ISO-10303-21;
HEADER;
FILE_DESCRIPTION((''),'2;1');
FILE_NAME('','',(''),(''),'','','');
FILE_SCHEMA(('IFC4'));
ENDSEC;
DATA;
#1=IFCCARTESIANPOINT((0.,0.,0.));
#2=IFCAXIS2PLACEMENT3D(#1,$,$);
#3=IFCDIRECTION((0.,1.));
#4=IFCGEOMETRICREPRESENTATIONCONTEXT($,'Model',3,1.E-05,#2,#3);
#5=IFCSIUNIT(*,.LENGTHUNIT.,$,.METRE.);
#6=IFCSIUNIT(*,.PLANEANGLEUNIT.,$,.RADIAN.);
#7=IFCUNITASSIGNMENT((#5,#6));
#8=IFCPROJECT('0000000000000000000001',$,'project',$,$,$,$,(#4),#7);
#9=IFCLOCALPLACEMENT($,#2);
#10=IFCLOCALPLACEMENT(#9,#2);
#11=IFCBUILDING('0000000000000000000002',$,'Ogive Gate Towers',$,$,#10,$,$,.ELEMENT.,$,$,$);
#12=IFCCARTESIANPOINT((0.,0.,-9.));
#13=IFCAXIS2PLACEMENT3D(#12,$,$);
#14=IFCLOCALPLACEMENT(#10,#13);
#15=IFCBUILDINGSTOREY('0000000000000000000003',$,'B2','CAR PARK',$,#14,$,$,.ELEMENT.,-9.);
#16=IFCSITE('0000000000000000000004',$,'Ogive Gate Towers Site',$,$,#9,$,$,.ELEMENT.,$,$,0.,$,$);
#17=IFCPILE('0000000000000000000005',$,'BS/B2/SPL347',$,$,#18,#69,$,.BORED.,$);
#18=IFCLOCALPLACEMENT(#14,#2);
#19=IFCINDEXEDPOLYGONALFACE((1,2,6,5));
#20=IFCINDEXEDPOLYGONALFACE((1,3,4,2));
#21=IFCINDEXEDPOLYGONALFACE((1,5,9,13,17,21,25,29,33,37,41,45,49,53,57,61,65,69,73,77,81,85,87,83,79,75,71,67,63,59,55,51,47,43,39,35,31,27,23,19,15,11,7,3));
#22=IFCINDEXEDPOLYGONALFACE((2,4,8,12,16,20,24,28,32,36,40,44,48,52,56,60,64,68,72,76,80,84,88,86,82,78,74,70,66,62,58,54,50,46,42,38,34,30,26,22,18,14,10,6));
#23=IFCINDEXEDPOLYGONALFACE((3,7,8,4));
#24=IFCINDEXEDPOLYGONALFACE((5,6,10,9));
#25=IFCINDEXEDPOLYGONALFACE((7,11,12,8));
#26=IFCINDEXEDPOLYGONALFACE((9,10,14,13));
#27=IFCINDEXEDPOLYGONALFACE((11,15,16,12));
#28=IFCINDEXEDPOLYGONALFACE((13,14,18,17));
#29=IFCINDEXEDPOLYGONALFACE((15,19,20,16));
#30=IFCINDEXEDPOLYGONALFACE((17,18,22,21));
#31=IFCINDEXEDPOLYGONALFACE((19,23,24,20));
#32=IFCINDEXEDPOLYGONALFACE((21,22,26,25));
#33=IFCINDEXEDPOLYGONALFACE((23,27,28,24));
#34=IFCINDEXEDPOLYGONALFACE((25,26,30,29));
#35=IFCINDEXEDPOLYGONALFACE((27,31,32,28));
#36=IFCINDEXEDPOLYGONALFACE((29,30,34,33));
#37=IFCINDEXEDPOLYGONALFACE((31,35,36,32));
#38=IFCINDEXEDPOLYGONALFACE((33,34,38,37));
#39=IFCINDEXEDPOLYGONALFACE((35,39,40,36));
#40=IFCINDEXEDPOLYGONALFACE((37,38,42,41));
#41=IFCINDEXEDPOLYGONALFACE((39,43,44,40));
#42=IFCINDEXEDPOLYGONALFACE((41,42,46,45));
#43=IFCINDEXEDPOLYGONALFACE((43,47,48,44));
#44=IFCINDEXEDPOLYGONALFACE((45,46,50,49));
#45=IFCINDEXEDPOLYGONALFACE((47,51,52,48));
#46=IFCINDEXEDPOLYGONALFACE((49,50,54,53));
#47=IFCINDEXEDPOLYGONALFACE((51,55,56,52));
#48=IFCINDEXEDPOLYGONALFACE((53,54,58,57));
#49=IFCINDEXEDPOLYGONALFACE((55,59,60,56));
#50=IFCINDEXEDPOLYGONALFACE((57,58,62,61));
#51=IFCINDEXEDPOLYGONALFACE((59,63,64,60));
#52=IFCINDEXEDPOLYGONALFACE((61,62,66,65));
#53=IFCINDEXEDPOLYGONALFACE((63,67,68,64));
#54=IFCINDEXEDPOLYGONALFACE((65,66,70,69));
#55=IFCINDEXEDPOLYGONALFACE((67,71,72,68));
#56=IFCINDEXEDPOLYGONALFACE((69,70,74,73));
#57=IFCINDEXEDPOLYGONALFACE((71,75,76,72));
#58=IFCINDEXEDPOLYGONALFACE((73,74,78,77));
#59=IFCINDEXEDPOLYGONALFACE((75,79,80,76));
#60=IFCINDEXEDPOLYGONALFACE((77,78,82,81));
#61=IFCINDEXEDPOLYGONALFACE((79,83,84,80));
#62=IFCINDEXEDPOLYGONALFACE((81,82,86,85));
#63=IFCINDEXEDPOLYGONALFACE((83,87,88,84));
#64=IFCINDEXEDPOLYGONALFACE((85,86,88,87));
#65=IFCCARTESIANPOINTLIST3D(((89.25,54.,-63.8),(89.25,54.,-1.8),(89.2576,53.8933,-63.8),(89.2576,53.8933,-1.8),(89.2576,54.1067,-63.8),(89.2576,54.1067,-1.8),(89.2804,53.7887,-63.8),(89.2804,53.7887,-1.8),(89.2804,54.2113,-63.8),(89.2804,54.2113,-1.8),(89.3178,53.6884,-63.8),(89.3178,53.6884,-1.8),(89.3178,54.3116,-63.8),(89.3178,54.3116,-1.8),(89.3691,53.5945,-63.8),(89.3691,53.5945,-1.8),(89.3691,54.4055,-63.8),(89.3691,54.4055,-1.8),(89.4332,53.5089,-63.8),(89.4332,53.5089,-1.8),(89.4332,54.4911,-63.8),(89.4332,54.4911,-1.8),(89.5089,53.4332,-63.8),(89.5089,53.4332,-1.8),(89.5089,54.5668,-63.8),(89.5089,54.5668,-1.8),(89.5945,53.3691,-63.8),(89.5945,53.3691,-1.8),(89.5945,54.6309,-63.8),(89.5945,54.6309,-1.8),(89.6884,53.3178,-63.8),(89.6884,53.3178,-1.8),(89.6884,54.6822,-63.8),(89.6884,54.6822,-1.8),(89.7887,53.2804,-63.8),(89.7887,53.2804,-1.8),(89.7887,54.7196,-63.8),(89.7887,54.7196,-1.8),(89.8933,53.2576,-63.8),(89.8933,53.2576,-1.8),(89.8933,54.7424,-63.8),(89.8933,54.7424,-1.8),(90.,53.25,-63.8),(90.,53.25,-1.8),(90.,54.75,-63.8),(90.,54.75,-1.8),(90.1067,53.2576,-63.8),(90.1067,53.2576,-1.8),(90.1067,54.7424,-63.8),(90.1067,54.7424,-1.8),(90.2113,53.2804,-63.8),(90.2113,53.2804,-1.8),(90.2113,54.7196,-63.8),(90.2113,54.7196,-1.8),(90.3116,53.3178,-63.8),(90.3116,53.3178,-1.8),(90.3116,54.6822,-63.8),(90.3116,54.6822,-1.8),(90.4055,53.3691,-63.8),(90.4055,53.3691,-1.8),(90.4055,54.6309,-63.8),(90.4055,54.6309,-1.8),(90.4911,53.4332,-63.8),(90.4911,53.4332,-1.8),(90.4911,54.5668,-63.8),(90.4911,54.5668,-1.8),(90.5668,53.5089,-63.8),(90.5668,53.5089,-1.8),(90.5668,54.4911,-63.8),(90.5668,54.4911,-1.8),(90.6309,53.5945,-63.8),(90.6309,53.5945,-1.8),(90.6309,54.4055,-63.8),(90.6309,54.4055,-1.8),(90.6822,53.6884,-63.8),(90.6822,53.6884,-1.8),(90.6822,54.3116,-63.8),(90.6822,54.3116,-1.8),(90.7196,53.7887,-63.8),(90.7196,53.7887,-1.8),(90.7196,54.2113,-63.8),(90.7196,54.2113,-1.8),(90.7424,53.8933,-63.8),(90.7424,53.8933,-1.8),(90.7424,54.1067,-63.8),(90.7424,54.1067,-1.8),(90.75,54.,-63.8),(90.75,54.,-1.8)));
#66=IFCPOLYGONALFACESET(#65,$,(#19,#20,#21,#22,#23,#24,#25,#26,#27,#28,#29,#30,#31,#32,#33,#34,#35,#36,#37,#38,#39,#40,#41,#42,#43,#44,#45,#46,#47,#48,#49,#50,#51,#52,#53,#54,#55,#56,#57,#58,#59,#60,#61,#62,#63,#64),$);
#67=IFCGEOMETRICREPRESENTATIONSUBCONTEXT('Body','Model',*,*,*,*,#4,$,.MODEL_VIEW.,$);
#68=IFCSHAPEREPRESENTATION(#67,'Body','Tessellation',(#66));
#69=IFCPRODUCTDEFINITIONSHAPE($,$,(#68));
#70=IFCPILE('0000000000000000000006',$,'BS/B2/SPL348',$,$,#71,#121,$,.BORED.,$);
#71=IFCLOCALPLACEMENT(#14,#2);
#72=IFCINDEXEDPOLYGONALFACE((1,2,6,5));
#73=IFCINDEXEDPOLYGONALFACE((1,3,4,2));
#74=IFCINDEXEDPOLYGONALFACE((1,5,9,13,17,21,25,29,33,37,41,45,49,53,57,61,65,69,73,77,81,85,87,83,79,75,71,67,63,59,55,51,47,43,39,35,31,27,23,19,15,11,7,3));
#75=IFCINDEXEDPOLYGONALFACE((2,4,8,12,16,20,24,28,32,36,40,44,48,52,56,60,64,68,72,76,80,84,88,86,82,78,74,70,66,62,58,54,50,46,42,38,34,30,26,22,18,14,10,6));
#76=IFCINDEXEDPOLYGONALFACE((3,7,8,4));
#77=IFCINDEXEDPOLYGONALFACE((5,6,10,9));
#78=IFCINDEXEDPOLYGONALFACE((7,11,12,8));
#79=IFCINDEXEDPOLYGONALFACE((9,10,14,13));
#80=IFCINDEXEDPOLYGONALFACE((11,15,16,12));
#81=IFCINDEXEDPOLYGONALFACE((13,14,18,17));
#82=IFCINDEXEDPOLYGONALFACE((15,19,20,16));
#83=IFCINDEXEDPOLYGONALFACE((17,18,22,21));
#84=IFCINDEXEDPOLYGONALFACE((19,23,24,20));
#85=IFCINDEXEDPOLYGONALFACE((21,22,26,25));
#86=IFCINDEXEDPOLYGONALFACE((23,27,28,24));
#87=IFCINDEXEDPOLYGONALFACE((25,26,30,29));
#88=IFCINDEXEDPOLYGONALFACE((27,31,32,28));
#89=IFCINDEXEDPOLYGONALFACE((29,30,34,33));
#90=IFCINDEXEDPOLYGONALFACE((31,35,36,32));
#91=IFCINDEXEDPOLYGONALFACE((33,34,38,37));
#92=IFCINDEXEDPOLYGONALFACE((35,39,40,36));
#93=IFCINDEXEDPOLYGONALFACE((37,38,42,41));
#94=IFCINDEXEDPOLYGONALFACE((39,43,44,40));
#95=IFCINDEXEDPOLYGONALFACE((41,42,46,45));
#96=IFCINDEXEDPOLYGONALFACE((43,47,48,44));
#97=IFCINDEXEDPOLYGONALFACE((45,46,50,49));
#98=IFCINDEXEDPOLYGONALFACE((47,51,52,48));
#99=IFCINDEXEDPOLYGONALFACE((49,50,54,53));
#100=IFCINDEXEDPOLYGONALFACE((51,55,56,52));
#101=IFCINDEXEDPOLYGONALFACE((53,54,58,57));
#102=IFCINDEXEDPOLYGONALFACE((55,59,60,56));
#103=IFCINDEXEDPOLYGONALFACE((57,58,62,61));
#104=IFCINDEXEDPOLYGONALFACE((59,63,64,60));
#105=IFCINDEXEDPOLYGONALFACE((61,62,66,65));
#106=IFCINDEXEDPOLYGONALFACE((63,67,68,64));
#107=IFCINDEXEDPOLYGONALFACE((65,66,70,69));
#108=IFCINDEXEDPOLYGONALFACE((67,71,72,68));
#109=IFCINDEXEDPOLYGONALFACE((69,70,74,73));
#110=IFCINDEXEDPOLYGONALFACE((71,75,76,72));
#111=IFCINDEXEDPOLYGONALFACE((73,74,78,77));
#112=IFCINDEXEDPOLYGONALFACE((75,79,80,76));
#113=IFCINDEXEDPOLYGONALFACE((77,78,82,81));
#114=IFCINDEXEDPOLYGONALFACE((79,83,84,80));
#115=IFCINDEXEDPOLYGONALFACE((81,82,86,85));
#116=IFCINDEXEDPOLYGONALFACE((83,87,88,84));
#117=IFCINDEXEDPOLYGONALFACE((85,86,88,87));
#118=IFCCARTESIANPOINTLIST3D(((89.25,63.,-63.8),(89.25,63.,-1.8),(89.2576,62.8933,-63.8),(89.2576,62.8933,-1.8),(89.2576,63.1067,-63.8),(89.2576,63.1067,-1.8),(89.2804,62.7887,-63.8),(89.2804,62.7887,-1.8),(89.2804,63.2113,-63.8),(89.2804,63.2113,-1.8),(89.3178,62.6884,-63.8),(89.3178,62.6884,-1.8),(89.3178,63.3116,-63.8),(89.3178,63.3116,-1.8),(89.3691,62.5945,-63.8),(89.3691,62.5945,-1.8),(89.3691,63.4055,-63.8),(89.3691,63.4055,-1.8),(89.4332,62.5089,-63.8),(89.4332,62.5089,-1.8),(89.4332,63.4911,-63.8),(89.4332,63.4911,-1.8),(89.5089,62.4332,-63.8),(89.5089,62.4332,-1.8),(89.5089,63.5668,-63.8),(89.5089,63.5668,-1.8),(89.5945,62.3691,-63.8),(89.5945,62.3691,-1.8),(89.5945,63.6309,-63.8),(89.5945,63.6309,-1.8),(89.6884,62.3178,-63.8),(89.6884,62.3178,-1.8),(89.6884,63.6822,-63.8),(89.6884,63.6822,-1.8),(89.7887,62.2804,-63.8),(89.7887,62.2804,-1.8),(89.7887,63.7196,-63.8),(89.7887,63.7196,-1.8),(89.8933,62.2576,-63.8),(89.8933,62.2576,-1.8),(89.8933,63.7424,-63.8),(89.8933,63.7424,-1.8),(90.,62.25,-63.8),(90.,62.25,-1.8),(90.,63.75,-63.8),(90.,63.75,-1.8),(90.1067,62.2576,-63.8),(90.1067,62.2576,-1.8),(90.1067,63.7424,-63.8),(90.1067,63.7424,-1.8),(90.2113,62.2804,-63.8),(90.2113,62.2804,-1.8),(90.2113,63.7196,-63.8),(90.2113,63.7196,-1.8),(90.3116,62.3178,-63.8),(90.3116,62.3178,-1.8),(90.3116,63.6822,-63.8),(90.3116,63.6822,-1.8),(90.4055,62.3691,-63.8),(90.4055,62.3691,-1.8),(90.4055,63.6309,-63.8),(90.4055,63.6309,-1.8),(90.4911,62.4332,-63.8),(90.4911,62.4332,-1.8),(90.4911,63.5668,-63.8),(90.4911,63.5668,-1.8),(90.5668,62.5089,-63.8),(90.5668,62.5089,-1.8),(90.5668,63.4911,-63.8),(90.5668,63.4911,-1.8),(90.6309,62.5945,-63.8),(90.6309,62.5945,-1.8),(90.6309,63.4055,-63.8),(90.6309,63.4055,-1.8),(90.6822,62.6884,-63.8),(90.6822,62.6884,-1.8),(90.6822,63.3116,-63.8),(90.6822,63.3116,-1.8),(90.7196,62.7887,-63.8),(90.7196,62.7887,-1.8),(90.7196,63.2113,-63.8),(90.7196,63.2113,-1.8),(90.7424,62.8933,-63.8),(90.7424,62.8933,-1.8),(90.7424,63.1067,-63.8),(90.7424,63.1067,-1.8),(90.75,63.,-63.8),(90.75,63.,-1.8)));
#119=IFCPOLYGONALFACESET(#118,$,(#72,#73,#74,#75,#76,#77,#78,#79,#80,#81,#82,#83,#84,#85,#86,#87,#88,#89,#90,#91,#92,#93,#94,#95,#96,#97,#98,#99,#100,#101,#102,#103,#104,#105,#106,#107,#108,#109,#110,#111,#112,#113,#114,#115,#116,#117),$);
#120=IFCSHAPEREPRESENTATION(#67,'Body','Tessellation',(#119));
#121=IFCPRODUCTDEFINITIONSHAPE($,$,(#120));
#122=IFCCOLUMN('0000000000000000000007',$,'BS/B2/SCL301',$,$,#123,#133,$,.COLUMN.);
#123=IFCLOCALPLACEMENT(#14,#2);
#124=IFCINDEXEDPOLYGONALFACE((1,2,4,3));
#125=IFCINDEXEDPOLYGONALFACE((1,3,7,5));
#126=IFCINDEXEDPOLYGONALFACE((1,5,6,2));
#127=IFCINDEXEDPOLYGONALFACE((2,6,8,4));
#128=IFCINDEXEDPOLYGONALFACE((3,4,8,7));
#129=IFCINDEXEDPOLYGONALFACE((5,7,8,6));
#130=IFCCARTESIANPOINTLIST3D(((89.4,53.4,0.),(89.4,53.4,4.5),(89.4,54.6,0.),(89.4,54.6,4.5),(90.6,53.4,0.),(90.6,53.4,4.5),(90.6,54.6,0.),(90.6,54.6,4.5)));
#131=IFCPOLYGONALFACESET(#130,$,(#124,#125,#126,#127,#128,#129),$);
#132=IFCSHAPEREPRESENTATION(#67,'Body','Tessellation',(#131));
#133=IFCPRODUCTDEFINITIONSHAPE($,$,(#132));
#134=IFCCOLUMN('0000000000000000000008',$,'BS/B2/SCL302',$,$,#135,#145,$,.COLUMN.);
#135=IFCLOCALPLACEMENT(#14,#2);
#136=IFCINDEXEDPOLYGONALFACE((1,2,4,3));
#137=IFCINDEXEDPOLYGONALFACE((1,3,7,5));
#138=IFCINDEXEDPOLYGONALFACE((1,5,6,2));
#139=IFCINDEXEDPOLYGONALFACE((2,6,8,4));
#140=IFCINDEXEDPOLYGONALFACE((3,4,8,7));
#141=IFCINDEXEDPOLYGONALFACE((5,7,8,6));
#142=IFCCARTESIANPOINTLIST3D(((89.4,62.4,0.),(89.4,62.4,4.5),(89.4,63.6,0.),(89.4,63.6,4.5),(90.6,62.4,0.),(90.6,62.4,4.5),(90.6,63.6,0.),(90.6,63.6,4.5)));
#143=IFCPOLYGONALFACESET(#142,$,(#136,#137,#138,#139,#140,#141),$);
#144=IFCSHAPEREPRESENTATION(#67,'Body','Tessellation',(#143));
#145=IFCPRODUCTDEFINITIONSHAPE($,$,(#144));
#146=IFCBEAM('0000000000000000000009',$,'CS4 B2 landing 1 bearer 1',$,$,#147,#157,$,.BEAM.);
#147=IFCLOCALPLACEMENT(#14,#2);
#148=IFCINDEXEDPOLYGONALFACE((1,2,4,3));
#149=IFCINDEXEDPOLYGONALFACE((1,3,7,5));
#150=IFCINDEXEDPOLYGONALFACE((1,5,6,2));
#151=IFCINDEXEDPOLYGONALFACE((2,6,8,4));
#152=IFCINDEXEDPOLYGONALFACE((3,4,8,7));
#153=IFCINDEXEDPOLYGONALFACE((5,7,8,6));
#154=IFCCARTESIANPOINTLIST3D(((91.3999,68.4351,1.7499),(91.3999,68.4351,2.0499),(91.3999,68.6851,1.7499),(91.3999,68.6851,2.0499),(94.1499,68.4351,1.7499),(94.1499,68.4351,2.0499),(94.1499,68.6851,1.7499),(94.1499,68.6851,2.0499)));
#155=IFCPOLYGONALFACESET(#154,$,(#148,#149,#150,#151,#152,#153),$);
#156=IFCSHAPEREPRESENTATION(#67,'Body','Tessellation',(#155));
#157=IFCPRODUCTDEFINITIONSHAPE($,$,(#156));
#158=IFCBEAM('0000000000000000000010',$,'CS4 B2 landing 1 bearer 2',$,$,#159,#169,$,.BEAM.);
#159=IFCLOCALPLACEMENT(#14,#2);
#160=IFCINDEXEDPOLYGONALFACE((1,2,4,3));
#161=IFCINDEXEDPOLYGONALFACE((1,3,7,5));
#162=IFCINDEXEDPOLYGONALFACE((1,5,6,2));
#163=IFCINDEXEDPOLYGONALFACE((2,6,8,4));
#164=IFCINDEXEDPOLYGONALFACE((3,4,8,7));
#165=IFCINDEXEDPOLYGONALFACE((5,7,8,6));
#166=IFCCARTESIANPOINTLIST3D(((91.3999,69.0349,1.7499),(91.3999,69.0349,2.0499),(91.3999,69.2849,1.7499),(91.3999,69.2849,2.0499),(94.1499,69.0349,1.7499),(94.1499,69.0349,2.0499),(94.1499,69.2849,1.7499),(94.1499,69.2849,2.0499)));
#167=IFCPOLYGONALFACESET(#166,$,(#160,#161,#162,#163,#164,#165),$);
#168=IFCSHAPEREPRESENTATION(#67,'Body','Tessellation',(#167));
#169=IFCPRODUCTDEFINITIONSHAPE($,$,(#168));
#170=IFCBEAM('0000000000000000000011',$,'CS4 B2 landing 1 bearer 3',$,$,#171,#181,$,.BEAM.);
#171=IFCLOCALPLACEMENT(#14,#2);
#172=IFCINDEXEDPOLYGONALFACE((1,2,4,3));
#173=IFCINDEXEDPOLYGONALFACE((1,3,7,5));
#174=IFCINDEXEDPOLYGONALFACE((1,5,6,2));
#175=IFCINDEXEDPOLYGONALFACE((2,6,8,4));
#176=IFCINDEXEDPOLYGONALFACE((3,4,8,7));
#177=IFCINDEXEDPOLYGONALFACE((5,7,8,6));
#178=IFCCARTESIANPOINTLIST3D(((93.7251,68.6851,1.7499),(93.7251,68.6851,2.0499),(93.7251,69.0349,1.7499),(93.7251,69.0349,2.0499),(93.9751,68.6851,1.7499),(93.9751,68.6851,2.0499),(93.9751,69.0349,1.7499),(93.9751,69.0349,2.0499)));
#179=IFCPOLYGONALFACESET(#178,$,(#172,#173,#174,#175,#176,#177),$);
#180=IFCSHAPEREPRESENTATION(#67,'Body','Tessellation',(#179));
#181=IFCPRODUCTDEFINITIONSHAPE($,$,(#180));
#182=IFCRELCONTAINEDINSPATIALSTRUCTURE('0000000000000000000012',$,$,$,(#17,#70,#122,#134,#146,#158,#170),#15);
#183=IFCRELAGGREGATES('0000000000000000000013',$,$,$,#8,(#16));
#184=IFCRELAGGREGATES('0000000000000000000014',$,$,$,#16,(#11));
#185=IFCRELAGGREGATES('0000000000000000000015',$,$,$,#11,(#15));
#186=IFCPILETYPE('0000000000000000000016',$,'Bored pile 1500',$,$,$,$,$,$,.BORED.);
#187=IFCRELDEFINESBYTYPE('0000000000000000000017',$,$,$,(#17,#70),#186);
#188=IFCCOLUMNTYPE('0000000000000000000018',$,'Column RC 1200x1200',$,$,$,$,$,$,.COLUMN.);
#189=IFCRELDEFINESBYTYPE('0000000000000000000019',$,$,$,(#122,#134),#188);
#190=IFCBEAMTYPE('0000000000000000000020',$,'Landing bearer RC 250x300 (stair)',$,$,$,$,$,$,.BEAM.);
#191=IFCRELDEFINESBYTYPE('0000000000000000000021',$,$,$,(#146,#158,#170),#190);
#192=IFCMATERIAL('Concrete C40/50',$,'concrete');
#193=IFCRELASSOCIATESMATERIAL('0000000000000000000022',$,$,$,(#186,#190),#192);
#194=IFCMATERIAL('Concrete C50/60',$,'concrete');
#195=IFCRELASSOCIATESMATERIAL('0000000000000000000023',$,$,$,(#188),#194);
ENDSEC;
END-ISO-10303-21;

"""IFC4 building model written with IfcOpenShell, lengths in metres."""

from ifc_helpers import new_model, si_unit, direction, frame, origin, origin_2d, place, context, subcontext, project, spatial, rectangle, circle, extrude, material, material_profile, profile_set, type_object, element, save


model = new_model("IFC4")

# Units and contexts
model_context = context("Model", 3, precision=1e-05, world=origin(), true_north=direction((0.0, 1.0)))
body_context = subcontext(model_context, "Body", "Model", "MODEL_VIEW")
ifc_project = project(units=[si_unit("LENGTHUNIT", "METRE"), si_unit("PLANEANGLEUNIT", "RADIAN")], contexts=[model_context])

# Site, building, storey
site_placement = place(None, origin())
site = spatial("IfcSite", under=ifc_project, at=site_placement, Name="Ogive Gate Towers Site", CompositionType="ELEMENT", RefElevation=0.0)
building_placement = place(site_placement, origin())
building = spatial("IfcBuilding", under=site, at=building_placement, Name="Ogive Gate Towers", CompositionType="ELEMENT")
storey_placement = place(building_placement, frame((0.0, 0.0, -9.0)))
storey = spatial("IfcBuildingStorey", under=building, at=storey_placement, Name="B2", Description="CAR PARK", CompositionType="ELEMENT", Elevation=-9.0)

# Piles
ifc_material_1 = material(Name="Concrete C40/50", Category="concrete")
ifc_material_profile_1 = material_profile(ifc_material_1, circle(Radius=0.75, at=origin_2d()), Name="BP 1500")
ifc_profile_set_1 = profile_set([ifc_material_profile_1], Name="Concrete C40/50")
pile_type = type_object("IfcPileType", Name="Bored pile 1500", PredefinedType="BORED", material=ifc_profile_set_1)
for number, where, z_axis, x_axis, name in (
    (1, (90.0, 54.0, -1.8), (0.0, 0.0, -1.0), (1.0, 0.0, 0.0), "BS/B2/SPL347"),
    (2, (90.0, 63.0, -1.8), (0.0, 0.0, -1.0), (1.0, 0.0, 0.0), "BS/B2/SPL348"),
):
    element("IfcPile", number, at=place(storey_placement, frame(where, z_axis=z_axis, x_axis=x_axis)), inside=storey, type_object=pile_type, Name=name, PredefinedType="BORED", context=body_context, shape_type="SweptSolid", body=[
        extrude(circle(Radius=0.75, at=origin_2d()), origin(), (0.0, 0.0, 1.0), 62.0),
    ])

# Columns
ifc_material_2 = material(Name="Concrete C50/60", Category="concrete")
ifc_material_profile_2 = material_profile(ifc_material_2, rectangle(XDim=1.2, YDim=1.2, at=origin_2d()), Name="RC 1200x1200")
ifc_profile_set_2 = profile_set([ifc_material_profile_2], Name="Concrete C50/60")
column_type = type_object("IfcColumnType", Name="Column RC 1200x1200", PredefinedType="COLUMN", material=ifc_profile_set_2)
for number, where, z_axis, x_axis, name in (
    (3, (90.0, 54.0, 0.0), (0.0, 0.0, 1.0), (1.0, 0.0, 0.0), "BS/B2/SCL301"),
    (4, (90.0, 63.0, 0.0), (0.0, 0.0, 1.0), (1.0, 0.0, 0.0), "BS/B2/SCL302"),
):
    element("IfcColumn", number, at=place(storey_placement, frame(where, z_axis=z_axis, x_axis=x_axis)), inside=storey, type_object=column_type, Name=name, PredefinedType="COLUMN", context=body_context, shape_type="SweptSolid", body=[
        extrude(rectangle(XDim=1.2, YDim=1.2, at=origin_2d()), origin(), (0.0, 0.0, 1.0), 4.5),
    ])

# Beams
ifc_material_profile_3 = material_profile(ifc_material_1, rectangle(XDim=0.25, YDim=0.3, at=origin_2d()), Name="RC 250x300")
ifc_profile_set_3 = profile_set([ifc_material_profile_3], Name="Concrete C40/50")
beam_type = type_object("IfcBeamType", Name="Landing bearer RC 250x300 (stair)", PredefinedType="BEAM", material=ifc_profile_set_3)
for number, where, z_axis, x_axis, name in (
    (5, (94.1499, 68.5601, 1.8999), (-1.0, 0.0, 0.0), (0.0, -1.0, 0.0), "CS4 B2 landing 1 bearer 1"),
    (6, (94.1499, 69.1599, 1.8999), (-1.0, 0.0, 0.0), (0.0, -1.0, 0.0), "CS4 B2 landing 1 bearer 2"),
):
    element("IfcBeam", number, at=place(storey_placement, frame(where, z_axis=z_axis, x_axis=x_axis)), inside=storey, type_object=beam_type, Name=name, PredefinedType="BEAM", context=body_context, shape_type="SweptSolid", body=[
        extrude(rectangle(XDim=0.25, YDim=0.3, at=origin_2d()), origin(), (0.0, 0.0, 1.0), 2.75),
    ])
beam_placement = place(storey_placement, frame((93.8501, 68.6851, 1.8999), z_axis=(0.0, 1.0, 0.0), x_axis=(-1.0, 0.0, 0.0)))
element("IfcBeam", 7, at=beam_placement, inside=storey, type_object=beam_type, Name="CS4 B2 landing 1 bearer 3", PredefinedType="BEAM", context=body_context, shape_type="SweptSolid", body=[
    extrude(rectangle(XDim=0.25, YDim=0.3, at=origin_2d()), origin(), (0.0, 0.0, 1.0), 0.3499),
])

save(model, "model.ifc")
